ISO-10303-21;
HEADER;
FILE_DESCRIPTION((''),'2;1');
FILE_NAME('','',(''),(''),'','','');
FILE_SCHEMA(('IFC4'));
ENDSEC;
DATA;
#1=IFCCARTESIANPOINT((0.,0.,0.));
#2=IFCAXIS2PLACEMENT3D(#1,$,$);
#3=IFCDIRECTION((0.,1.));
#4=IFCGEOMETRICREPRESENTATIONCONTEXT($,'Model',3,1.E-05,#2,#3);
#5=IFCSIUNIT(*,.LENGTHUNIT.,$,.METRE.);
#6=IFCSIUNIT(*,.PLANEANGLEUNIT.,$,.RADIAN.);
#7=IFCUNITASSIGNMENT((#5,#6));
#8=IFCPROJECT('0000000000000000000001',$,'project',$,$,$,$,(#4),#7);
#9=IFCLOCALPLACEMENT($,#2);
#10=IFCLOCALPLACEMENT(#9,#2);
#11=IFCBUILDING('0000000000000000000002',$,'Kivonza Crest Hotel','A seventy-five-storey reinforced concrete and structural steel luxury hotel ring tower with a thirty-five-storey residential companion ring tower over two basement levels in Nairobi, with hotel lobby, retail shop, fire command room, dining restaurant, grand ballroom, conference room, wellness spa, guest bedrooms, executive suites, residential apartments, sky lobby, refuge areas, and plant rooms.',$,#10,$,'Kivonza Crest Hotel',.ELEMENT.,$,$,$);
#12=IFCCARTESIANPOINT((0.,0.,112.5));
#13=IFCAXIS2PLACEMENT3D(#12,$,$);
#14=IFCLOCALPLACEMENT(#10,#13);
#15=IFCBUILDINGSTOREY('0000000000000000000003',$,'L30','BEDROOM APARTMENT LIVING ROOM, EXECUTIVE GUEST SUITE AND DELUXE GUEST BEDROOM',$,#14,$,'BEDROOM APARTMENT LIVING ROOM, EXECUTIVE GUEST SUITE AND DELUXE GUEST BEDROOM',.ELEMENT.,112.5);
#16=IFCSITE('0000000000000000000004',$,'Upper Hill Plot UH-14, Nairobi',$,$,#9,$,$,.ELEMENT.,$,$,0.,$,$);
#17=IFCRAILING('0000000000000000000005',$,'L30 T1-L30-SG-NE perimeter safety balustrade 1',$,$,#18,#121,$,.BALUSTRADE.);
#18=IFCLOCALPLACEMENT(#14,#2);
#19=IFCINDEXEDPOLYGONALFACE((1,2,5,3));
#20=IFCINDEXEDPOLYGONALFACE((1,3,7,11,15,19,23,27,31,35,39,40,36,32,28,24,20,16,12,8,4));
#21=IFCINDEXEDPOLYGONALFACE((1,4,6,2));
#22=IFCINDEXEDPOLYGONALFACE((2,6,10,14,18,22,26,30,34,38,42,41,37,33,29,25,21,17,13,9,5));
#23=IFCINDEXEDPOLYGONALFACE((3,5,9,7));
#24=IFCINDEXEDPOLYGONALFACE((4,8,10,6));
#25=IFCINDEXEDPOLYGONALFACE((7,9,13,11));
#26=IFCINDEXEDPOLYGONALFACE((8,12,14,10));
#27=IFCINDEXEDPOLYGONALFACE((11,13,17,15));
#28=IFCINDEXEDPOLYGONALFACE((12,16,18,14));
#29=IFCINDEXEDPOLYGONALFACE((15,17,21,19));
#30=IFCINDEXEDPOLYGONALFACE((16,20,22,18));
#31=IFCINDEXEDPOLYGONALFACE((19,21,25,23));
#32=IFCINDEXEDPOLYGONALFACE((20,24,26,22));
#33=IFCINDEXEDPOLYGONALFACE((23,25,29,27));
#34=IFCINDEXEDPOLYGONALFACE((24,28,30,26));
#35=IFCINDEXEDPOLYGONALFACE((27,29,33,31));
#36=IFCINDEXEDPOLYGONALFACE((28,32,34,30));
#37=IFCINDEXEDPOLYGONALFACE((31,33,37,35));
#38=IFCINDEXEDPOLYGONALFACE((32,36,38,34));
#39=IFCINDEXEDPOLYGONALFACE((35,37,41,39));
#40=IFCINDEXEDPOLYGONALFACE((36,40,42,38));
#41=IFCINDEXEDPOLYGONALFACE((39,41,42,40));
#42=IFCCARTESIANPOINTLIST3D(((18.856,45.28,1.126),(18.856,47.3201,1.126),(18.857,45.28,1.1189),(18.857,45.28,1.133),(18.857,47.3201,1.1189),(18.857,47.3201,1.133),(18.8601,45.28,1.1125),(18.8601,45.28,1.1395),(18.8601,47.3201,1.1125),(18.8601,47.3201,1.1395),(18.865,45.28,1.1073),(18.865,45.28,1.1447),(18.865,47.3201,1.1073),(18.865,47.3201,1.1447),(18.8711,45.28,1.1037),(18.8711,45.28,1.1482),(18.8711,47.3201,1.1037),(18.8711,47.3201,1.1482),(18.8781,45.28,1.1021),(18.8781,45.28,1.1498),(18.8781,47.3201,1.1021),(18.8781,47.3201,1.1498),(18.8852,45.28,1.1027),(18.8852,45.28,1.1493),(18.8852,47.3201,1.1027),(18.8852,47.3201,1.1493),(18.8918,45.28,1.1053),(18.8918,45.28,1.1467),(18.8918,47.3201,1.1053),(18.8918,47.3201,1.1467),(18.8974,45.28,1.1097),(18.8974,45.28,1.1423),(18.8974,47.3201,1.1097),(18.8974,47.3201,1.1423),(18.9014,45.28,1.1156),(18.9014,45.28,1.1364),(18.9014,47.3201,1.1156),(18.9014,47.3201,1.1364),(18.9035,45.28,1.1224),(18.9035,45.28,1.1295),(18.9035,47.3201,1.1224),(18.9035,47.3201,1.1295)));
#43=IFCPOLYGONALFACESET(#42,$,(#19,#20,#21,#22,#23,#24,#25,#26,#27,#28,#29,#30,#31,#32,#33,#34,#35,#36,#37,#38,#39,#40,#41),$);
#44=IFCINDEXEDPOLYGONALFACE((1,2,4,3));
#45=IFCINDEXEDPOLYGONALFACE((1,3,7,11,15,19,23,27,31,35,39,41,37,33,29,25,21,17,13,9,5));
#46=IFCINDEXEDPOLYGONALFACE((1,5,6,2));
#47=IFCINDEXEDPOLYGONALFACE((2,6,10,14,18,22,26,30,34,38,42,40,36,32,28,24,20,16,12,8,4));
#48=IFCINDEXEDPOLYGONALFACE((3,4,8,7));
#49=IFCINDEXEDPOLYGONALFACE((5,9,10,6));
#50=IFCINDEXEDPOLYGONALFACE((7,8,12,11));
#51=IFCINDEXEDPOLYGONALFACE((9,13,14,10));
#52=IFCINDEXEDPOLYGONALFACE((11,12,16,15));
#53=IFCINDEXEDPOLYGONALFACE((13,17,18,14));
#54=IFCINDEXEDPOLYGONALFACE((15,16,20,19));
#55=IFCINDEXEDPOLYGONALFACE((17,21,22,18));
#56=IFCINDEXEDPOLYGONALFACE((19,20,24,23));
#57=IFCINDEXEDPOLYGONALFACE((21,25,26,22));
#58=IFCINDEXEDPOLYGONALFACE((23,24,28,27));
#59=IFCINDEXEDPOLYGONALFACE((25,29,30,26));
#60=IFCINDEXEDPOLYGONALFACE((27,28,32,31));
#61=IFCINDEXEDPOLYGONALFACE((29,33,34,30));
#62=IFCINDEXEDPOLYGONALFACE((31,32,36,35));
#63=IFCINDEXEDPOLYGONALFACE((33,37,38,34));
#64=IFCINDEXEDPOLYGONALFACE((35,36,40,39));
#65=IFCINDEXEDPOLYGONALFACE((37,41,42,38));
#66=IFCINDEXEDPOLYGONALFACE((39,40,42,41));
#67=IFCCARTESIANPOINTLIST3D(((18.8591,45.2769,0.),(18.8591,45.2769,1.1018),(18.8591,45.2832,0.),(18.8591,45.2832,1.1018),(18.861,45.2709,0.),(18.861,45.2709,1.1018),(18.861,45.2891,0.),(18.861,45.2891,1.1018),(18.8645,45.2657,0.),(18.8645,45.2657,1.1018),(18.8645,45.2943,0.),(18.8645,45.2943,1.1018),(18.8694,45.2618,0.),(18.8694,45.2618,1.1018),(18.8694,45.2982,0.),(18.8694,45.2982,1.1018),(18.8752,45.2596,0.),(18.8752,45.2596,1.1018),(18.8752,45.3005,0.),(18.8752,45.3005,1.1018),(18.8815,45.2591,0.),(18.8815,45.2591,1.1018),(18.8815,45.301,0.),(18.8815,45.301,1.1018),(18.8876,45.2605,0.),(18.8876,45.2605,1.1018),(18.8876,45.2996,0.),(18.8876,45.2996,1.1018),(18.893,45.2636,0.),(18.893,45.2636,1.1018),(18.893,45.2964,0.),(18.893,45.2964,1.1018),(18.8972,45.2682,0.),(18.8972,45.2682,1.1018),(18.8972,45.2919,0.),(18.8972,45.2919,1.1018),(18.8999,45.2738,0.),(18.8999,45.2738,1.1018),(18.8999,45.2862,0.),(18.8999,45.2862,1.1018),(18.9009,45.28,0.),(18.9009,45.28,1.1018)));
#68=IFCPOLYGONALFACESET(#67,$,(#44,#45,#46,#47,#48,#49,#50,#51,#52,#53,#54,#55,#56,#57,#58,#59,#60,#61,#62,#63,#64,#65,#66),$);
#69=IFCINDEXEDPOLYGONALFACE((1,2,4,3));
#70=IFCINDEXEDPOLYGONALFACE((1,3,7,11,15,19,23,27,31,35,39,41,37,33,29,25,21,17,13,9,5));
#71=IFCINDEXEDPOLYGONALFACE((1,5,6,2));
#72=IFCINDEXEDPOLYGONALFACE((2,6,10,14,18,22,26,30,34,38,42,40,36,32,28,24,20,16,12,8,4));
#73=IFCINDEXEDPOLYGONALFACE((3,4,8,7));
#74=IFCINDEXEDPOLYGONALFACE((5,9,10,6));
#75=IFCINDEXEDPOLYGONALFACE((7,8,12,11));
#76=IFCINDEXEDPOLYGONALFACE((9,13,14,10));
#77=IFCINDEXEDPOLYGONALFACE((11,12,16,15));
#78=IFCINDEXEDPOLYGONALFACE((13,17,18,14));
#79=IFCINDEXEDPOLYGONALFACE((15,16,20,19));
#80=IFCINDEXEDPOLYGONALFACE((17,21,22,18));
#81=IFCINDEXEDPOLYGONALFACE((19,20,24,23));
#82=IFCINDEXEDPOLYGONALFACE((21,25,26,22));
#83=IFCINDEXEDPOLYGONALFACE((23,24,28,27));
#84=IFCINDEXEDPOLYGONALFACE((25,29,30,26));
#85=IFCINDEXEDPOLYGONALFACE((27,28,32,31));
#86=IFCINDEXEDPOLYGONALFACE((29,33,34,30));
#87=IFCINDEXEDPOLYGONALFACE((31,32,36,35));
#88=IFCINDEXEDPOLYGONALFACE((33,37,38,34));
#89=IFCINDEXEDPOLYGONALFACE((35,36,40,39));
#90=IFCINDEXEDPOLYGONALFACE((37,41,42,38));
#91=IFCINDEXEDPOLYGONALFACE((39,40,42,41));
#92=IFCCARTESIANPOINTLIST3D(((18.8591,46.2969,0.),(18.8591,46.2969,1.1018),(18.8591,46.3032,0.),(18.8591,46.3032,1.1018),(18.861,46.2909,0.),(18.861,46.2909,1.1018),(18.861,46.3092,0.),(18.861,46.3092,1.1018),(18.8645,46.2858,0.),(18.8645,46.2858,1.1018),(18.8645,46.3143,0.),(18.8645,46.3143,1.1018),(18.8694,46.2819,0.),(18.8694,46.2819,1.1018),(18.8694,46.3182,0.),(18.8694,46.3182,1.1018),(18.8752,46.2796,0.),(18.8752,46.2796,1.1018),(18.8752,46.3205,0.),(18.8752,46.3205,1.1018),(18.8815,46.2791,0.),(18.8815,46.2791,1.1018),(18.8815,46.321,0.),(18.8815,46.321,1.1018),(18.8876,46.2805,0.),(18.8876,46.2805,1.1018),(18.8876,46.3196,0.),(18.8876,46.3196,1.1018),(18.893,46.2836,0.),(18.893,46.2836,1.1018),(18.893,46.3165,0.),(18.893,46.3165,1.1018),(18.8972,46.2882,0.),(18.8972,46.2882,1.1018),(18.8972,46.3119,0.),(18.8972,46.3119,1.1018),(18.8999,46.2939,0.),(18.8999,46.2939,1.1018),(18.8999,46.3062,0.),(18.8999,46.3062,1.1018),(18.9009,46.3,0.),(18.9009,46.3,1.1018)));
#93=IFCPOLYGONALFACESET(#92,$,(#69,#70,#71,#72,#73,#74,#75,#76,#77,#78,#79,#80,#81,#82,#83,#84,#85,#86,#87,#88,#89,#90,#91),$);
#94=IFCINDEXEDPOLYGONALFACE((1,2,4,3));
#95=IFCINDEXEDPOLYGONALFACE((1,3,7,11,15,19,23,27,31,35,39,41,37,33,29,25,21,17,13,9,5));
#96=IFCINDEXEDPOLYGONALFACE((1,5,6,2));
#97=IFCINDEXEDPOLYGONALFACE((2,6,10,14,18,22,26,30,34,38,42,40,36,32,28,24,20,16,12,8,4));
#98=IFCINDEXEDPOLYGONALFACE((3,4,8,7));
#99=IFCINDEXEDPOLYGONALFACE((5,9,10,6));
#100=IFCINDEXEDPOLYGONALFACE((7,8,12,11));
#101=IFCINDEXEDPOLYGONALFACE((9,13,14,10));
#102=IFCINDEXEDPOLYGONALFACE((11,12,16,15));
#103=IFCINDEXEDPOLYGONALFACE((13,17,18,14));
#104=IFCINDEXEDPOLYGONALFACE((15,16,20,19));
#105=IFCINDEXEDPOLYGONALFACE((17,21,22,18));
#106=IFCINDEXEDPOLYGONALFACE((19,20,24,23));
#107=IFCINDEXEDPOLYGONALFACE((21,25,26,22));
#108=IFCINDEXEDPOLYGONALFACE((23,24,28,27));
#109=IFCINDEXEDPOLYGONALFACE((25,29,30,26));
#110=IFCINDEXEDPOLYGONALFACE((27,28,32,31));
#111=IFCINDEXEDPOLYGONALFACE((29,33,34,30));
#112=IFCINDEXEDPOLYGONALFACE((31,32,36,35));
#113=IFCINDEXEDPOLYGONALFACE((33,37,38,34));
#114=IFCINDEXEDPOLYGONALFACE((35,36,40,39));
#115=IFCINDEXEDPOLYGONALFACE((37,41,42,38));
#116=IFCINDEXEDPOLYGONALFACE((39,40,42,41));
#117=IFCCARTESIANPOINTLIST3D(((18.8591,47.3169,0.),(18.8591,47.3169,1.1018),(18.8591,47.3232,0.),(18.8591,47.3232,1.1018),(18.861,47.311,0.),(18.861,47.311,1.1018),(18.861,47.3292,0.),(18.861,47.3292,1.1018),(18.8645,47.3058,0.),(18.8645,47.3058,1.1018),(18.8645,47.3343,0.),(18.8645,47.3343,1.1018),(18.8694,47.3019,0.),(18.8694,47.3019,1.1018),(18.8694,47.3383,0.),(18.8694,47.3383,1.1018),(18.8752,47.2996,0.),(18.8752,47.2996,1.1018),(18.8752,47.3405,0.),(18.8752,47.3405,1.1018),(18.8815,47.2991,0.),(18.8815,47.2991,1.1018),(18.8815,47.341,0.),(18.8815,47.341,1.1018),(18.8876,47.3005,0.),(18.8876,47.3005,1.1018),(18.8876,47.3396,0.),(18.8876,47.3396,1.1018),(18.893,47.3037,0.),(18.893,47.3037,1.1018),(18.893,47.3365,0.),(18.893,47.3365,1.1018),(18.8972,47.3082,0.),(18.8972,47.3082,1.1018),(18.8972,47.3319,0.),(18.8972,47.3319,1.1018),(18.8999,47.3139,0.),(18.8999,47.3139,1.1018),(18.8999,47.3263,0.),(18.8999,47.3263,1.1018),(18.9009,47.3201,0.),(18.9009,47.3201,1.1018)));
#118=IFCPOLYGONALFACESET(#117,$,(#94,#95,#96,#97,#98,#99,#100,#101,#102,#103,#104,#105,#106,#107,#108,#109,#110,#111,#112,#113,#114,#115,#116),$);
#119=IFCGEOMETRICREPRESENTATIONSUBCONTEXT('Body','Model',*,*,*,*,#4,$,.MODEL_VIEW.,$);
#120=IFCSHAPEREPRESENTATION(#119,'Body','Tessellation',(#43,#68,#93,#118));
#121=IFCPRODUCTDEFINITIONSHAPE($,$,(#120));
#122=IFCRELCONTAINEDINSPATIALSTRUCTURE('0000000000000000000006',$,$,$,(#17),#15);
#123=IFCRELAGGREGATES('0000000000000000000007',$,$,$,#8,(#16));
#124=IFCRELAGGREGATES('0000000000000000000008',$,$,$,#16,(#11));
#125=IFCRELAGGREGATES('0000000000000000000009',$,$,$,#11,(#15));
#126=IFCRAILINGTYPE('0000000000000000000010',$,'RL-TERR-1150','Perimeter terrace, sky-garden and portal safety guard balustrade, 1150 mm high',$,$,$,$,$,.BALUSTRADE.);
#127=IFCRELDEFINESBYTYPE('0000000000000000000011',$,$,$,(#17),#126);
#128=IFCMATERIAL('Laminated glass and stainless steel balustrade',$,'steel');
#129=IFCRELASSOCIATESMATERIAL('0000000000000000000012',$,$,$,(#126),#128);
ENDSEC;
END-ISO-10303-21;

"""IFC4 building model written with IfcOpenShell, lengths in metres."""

from ifc_helpers import new_model, si_unit, direction, frame, origin, origin_2d, place, context, subcontext, project, spatial, circle, extrude, material, type_object, element, save


model = new_model("IFC4")

# Units and contexts
model_context = context("Model", 3, precision=1e-05, world=origin(), true_north=direction((0.0, 1.0)))
body_context = subcontext(model_context, "Body", "Model", "MODEL_VIEW")
ifc_project = project(units=[si_unit("LENGTHUNIT", "METRE"), si_unit("PLANEANGLEUNIT", "RADIAN")], contexts=[model_context])

# Site, building, storey
site_placement = place(None, origin())
site = spatial("IfcSite", under=ifc_project, at=site_placement, Name="Upper Hill Plot UH-14, Nairobi", CompositionType="ELEMENT", RefElevation=0.0)
building_placement = place(site_placement, origin())
building = spatial("IfcBuilding", under=site, at=building_placement, Name="Kivonza Crest Hotel", Description="A seventy-five-storey reinforced concrete and structural steel luxury hotel ring tower with a thirty-five-storey residential companion ring tower over two basement levels in Nairobi, with hotel lobby, retail shop, fire command room, dining restaurant, grand ballroom, conference room, wellness spa, guest bedrooms, executive suites, residential apartments, sky lobby, refuge areas, and plant rooms.", LongName="Kivonza Crest Hotel", CompositionType="ELEMENT")
storey_placement = place(building_placement, frame((0.0, 0.0, 112.5)))
storey = spatial("IfcBuildingStorey", under=building, at=storey_placement, Name="L30", Description="BEDROOM APARTMENT LIVING ROOM, EXECUTIVE GUEST SUITE AND DELUXE GUEST BEDROOM", LongName="BEDROOM APARTMENT LIVING ROOM, EXECUTIVE GUEST SUITE AND DELUXE GUEST BEDROOM", CompositionType="ELEMENT", Elevation=112.5)

# Railing
ifc_material_1 = material(Name="Laminated glass and stainless steel balustrade", Category="steel")
railing_type = type_object("IfcRailingType", Name="RL-TERR-1150", Description="Perimeter terrace, sky-garden and portal safety guard balustrade, 1150 mm high", PredefinedType="BALUSTRADE", material=ifc_material_1)
railing_1_placement = place(storey_placement, frame((18.8799, 45.28, 0.0)))
element("IfcRailing", 1, at=railing_1_placement, inside=storey, type_object=railing_type, Name="L30 T1-L30-SG-NE perimeter safety balustrade 1", PredefinedType="BALUSTRADE", context=body_context, shape_type="SweptSolid", body=[
    extrude(circle(Radius=0.0239, at=origin_2d()), frame((0.0, 0.0, 1.126), z_axis=(0.0, 1.0, 0.0), x_axis=(-1.0, 0.0, 0.0)), (0.0, 0.0, 1.0), 2.04),
    extrude(circle(Radius=0.021, at=origin_2d()), origin(), (0.0, 0.0, 1.0), 1.1018),
    extrude(circle(Radius=0.021, at=origin_2d()), frame((0.0, 1.02, 0.0)), (0.0, 0.0, 1.0), 1.1018),
    extrude(circle(Radius=0.021, at=origin_2d()), frame((0.0, 2.04, 0.0)), (0.0, 0.0, 1.0), 1.1018),
])

save(model, "model.ifc")
